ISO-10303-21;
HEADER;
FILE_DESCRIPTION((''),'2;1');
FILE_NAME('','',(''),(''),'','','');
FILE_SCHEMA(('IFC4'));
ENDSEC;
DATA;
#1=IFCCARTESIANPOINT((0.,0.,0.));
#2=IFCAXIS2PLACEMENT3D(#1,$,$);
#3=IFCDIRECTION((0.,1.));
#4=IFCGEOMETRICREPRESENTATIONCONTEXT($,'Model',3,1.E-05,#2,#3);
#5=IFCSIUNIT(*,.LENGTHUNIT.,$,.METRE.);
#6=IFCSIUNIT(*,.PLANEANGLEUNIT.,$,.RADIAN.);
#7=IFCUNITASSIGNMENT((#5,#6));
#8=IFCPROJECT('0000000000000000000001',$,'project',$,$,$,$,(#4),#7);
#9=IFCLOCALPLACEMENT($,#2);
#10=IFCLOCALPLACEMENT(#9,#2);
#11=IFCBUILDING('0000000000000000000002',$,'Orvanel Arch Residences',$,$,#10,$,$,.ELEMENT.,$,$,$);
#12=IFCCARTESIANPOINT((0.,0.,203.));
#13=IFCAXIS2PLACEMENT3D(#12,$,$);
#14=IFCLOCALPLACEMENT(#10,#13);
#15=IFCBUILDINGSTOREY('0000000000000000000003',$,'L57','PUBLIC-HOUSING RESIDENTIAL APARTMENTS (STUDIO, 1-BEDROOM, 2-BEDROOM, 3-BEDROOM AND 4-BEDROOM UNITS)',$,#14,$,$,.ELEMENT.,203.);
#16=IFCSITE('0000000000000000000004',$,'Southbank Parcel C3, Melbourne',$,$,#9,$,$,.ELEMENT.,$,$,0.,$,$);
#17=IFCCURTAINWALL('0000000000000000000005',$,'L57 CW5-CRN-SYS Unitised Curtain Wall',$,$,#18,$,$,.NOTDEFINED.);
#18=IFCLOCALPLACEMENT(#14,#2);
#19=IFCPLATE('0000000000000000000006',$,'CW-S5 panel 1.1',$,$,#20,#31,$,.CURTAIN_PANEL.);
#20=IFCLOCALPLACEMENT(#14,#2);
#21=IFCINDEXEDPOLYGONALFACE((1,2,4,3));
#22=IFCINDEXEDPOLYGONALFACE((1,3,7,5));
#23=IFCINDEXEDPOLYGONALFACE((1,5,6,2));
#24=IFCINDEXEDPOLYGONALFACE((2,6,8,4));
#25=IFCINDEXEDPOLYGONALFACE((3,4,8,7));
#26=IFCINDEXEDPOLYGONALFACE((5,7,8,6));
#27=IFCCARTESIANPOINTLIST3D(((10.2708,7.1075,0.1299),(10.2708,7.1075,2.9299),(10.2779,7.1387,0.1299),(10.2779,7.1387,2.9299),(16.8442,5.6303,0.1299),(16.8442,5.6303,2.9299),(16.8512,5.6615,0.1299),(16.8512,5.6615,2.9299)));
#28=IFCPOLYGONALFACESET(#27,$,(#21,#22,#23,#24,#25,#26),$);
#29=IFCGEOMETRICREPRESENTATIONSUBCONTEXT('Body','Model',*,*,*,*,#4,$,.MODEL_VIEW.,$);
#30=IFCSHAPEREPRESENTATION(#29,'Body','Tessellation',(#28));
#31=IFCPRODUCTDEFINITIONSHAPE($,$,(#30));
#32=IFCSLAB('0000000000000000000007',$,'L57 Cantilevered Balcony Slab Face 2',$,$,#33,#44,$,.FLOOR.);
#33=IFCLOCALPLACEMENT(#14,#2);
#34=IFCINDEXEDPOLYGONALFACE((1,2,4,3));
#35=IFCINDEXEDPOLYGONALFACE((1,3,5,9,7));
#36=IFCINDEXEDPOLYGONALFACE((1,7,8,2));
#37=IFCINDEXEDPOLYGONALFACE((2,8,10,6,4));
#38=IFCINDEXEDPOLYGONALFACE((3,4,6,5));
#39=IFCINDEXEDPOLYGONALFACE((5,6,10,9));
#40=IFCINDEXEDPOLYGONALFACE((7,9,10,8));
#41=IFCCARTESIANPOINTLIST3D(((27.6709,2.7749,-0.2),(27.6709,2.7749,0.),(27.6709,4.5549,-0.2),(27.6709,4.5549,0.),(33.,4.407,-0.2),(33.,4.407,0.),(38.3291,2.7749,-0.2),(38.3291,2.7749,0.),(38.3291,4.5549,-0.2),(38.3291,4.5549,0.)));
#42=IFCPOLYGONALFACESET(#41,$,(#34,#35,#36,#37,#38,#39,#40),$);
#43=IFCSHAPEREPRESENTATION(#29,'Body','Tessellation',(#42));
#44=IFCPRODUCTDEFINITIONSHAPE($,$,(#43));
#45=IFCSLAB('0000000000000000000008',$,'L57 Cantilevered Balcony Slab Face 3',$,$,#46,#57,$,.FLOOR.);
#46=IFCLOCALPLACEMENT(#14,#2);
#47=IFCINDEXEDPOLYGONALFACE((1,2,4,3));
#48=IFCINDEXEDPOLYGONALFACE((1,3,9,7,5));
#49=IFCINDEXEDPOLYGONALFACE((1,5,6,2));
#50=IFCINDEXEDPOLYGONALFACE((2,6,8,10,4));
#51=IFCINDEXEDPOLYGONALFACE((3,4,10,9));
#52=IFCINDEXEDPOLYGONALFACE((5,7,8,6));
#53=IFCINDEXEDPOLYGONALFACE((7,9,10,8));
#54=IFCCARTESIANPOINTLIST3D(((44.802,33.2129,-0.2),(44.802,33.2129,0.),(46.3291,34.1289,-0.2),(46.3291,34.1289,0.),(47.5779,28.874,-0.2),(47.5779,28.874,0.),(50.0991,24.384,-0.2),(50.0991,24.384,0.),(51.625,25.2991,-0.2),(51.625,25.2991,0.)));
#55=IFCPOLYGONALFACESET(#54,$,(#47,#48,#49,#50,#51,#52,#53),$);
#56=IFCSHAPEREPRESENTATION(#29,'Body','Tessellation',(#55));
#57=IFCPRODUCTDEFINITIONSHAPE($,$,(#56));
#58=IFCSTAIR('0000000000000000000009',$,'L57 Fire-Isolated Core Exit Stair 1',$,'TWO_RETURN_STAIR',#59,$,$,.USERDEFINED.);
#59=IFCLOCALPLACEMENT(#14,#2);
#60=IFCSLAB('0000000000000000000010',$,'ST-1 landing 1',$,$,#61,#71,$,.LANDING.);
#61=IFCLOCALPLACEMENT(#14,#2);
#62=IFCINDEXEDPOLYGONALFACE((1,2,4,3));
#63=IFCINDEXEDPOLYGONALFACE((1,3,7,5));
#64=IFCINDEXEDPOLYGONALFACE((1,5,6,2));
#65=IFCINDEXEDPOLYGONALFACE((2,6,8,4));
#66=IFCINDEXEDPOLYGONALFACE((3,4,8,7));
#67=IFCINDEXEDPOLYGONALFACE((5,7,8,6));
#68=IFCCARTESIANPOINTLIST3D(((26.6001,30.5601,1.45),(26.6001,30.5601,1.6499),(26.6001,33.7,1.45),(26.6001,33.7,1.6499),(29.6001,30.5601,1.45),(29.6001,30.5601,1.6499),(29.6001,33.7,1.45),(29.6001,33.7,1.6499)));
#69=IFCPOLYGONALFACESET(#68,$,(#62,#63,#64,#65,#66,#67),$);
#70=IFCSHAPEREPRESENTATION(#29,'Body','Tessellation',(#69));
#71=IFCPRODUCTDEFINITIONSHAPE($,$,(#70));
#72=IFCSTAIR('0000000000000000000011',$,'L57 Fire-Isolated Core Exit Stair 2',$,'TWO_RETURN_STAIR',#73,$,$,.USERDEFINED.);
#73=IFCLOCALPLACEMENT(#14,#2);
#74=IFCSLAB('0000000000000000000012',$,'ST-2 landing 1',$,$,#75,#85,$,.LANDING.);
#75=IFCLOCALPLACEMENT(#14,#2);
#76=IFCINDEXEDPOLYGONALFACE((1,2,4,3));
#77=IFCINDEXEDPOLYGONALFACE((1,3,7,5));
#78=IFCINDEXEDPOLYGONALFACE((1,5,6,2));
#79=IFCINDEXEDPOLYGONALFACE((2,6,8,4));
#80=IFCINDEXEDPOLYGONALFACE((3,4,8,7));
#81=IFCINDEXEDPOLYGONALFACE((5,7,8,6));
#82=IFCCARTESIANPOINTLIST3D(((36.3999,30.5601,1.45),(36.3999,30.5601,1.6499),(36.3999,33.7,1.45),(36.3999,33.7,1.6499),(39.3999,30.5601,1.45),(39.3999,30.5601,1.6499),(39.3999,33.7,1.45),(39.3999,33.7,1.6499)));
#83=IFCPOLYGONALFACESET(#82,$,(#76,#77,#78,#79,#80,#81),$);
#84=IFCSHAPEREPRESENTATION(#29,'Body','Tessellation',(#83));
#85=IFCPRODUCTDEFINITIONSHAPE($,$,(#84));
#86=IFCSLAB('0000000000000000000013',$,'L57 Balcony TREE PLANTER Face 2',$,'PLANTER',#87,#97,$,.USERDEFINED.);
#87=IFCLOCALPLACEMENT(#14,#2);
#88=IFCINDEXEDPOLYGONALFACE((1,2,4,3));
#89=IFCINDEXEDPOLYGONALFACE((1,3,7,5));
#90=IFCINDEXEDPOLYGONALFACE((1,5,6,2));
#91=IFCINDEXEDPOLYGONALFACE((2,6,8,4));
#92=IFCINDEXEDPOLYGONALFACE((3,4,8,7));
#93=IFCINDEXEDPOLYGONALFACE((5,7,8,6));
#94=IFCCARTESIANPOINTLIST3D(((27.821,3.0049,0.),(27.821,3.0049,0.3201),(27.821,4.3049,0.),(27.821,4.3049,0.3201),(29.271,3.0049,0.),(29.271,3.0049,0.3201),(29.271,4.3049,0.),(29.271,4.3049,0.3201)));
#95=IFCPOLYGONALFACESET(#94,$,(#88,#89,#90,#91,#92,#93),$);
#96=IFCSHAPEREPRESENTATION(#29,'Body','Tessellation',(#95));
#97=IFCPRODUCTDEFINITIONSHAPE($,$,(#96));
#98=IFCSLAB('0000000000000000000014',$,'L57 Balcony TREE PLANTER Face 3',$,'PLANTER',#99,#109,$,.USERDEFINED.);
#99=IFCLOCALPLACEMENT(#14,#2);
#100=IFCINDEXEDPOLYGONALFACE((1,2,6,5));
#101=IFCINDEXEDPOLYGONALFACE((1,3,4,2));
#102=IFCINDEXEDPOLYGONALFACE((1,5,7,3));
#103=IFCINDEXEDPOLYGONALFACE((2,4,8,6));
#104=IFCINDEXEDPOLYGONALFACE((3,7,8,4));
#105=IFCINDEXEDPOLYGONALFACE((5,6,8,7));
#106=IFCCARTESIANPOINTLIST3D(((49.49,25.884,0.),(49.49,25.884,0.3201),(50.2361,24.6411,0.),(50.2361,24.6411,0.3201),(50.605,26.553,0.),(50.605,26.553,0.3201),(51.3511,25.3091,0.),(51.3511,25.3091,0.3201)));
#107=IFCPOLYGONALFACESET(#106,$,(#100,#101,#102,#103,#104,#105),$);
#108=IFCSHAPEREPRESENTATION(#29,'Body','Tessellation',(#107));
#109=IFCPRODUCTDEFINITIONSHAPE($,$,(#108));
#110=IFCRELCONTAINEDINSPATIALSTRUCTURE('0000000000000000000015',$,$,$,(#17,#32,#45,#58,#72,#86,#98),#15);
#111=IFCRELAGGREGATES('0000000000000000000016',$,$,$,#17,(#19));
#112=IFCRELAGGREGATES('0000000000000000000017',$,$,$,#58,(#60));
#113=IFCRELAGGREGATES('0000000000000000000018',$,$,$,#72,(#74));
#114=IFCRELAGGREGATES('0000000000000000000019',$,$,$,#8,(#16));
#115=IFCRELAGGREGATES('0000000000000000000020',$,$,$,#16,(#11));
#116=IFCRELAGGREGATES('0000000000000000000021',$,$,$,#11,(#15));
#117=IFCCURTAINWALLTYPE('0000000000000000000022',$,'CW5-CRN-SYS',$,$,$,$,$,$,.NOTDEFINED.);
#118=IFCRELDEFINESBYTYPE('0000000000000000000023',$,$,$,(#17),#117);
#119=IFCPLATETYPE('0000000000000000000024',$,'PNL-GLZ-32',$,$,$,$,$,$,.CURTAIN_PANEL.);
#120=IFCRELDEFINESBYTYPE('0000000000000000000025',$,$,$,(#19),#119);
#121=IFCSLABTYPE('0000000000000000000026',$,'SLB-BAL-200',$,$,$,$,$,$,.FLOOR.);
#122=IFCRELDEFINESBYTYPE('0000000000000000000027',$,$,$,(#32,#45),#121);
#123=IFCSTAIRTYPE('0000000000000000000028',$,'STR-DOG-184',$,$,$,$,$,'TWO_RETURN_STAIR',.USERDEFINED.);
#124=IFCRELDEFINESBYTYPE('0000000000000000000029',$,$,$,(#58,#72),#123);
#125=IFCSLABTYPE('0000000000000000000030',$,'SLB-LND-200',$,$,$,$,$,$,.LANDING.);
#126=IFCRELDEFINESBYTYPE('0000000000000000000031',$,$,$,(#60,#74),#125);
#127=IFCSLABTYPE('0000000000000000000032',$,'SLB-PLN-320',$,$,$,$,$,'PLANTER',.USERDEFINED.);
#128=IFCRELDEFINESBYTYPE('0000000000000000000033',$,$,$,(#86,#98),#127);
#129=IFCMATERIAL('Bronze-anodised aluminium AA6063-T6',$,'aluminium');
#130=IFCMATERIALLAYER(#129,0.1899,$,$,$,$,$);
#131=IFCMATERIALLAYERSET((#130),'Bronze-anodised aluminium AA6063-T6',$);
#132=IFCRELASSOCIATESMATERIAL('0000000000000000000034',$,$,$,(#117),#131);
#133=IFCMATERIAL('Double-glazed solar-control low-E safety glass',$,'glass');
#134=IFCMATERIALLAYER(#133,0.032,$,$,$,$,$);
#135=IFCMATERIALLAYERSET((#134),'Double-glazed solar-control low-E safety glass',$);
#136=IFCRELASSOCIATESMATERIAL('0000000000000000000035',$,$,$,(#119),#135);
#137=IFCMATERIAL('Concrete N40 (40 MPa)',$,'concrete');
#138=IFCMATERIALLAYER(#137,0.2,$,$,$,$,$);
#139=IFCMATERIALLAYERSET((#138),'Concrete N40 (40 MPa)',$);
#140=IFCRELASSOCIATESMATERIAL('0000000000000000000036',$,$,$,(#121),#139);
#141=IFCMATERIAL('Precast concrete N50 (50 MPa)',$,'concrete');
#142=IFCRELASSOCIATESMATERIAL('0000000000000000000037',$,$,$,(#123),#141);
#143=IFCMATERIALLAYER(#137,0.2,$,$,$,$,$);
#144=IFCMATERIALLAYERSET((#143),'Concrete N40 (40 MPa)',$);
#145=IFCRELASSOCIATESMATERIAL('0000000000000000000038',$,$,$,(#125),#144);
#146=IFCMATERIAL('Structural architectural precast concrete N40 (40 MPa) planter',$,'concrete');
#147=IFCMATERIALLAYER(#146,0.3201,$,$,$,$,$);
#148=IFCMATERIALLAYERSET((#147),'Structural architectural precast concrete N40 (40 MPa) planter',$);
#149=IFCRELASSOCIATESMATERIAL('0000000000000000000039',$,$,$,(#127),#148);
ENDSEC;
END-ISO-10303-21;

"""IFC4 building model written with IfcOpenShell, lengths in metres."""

from ifc_helpers import new_model, si_unit, direction, frame, origin, origin_2d, place, context, subcontext, project, spatial, polyline, rectangle, outline, extrude, material, layer, layer_set, type_object, element, aggregate, save


model = new_model("IFC4")

# Units and contexts
model_context = context("Model", 3, precision=1e-05, world=origin(), true_north=direction((0.0, 1.0)))
body_context = subcontext(model_context, "Body", "Model", "MODEL_VIEW")
ifc_project = project(units=[si_unit("LENGTHUNIT", "METRE"), si_unit("PLANEANGLEUNIT", "RADIAN")], contexts=[model_context])

# Site, building, storey
site_placement = place(None, origin())
site = spatial("IfcSite", under=ifc_project, at=site_placement, Name="Southbank Parcel C3, Melbourne", CompositionType="ELEMENT", RefElevation=0.0)
building_placement = place(site_placement, origin())
building = spatial("IfcBuilding", under=site, at=building_placement, Name="Orvanel Arch Residences", CompositionType="ELEMENT")
storey_placement = place(building_placement, frame((0.0, 0.0, 203.0)))
storey = spatial("IfcBuildingStorey", under=building, at=storey_placement, Name="L57", Description="PUBLIC-HOUSING RESIDENTIAL APARTMENTS (STUDIO, 1-BEDROOM, 2-BEDROOM, 3-BEDROOM AND 4-BEDROOM UNITS)", CompositionType="ELEMENT", Elevation=203.0)

# Shared definitions
ifc_material_1 = material(Name="Bronze-anodised aluminium AA6063-T6", Category="aluminium")
ifc_layer_1 = layer(ifc_material_1, 0.1899)
ifc_layer_set_1 = layer_set([ifc_layer_1], Name="Bronze-anodised aluminium AA6063-T6")
curtain_wall_type_1 = type_object("IfcCurtainWallType", Name="CW5-CRN-SYS", PredefinedType="NOTDEFINED", material=ifc_layer_set_1)

# Curtain wall
curtain_wall_1_placement = place(storey_placement, origin())
curtain_wall_1 = element("IfcCurtainWall", 1, at=curtain_wall_1_placement, inside=storey, type_object=curtain_wall_type_1, Name="L57 CW5-CRN-SYS Unitised Curtain Wall", PredefinedType="NOTDEFINED")

# Plate
ifc_material_2 = material(Name="Double-glazed solar-control low-E safety glass", Category="glass")
ifc_layer_2 = layer(ifc_material_2, 0.032)
ifc_layer_set_2 = layer_set([ifc_layer_2], Name="Double-glazed solar-control low-E safety glass")
plate_type_1 = type_object("IfcPlateType", Name="PNL-GLZ-32", PredefinedType="CURTAIN_PANEL", material=ifc_layer_set_2)
plate_1_placement = place(storey_placement, frame((13.561, 6.3845, 0.1299), z_axis=(0.0, 0.0, 1.0), x_axis=(0.975666, -0.219262, 0.0)))
plate_1 = element("IfcPlate", 2, at=plate_1_placement, type_object=plate_type_1, Name="CW-S5 panel 1.1", PredefinedType="CURTAIN_PANEL", context=body_context, shape_type="SweptSolid", body=[
    extrude(rectangle(XDim=6.7373, YDim=0.032, at=origin_2d()), origin(), (0.0, 0.0, 1.0), 2.8),
])
aggregate(curtain_wall_1, [plate_1])

# Slabs
ifc_material_3 = material(Name="Concrete N40 (40 MPa)", Category="concrete")
ifc_layer_3 = layer(ifc_material_3, 0.2)
ifc_layer_set_3 = layer_set([ifc_layer_3], Name="Concrete N40 (40 MPa)")
slab_type_1 = type_object("IfcSlabType", Name="SLB-BAL-200", PredefinedType="FLOOR", material=ifc_layer_set_3)
slab_1_placement = place(storey_placement, frame((0.0, 0.0, -0.2)))
element("IfcSlab", 3, at=slab_1_placement, inside=storey, type_object=slab_type_1, Name="L57 Cantilevered Balcony Slab Face 2", PredefinedType="FLOOR", context=body_context, shape_type="SweptSolid", body=[
    extrude(outline(polyline([(27.6709, 2.7749), (38.3291, 2.7749), (38.3291, 4.5549), (33.0, 4.407), (27.6709, 4.5549), (27.6709, 2.7749)])), origin(), (0.0, 0.0, 1.0), 0.2),
])
slab_2_placement = place(storey_placement, frame((0.0, 0.0, -0.2)))
element("IfcSlab", 4, at=slab_2_placement, inside=storey, type_object=slab_type_1, Name="L57 Cantilevered Balcony Slab Face 3", PredefinedType="FLOOR", context=body_context, shape_type="SweptSolid", body=[
    extrude(outline(polyline([(51.625, 25.2991), (46.3291, 34.1289), (44.802, 33.2129), (47.5779, 28.874), (50.0991, 24.384), (51.625, 25.2991)])), origin(), (0.0, 0.0, 1.0), 0.2),
])

# Stairs, slabs
ifc_material_4 = material(Name="Precast concrete N50 (50 MPa)", Category="concrete")
stair_type = type_object("IfcStairType", Name="STR-DOG-184", ElementType="TWO_RETURN_STAIR", PredefinedType="USERDEFINED", material=ifc_material_4)
stair_1_placement = place(storey_placement, origin())
stair_1 = element("IfcStair", 5, at=stair_1_placement, inside=storey, type_object=stair_type, Name="L57 Fire-Isolated Core Exit Stair 1", ObjectType="TWO_RETURN_STAIR", PredefinedType="USERDEFINED")
ifc_layer_4 = layer(ifc_material_3, 0.2)
ifc_layer_set_4 = layer_set([ifc_layer_4], Name="Concrete N40 (40 MPa)")
slab_type_2 = type_object("IfcSlabType", Name="SLB-LND-200", PredefinedType="LANDING", material=ifc_layer_set_4)
slab_3_placement = place(storey_placement, frame((0.0, 0.0, 1.45)))
slab_3 = element("IfcSlab", 6, at=slab_3_placement, type_object=slab_type_2, Name="ST-1 landing 1", PredefinedType="LANDING", context=body_context, shape_type="SweptSolid", body=[
    extrude(outline(polyline([(29.6001, 30.5601), (29.6001, 33.7), (26.6001, 33.7), (26.6001, 30.5601), (29.6001, 30.5601)])), origin(), (0.0, 0.0, 1.0), 0.2),
])
aggregate(stair_1, [slab_3])
stair_2_placement = place(storey_placement, origin())
stair_2 = element("IfcStair", 7, at=stair_2_placement, inside=storey, type_object=stair_type, Name="L57 Fire-Isolated Core Exit Stair 2", ObjectType="TWO_RETURN_STAIR", PredefinedType="USERDEFINED")
slab_4_placement = place(storey_placement, frame((0.0, 0.0, 1.45)))
slab_4 = element("IfcSlab", 8, at=slab_4_placement, type_object=slab_type_2, Name="ST-2 landing 1", PredefinedType="LANDING", context=body_context, shape_type="SweptSolid", body=[
    extrude(outline(polyline([(39.3999, 30.5601), (39.3999, 33.7), (36.3999, 33.7), (36.3999, 30.5601), (39.3999, 30.5601)])), origin(), (0.0, 0.0, 1.0), 0.2),
])
aggregate(stair_2, [slab_4])

# Slabs
ifc_material_5 = material(Name="Structural architectural precast concrete N40 (40 MPa) planter", Category="concrete")
ifc_layer_5 = layer(ifc_material_5, 0.3201)
ifc_layer_set_5 = layer_set([ifc_layer_5], Name="Structural architectural precast concrete N40 (40 MPa) planter")
slab_type_3 = type_object("IfcSlabType", Name="SLB-PLN-320", ElementType="PLANTER", PredefinedType="USERDEFINED", material=ifc_layer_set_5)
slab_5_placement = place(storey_placement, origin())
element("IfcSlab", 9, at=slab_5_placement, inside=storey, type_object=slab_type_3, Name="L57 Balcony TREE PLANTER Face 2", ObjectType="PLANTER", PredefinedType="USERDEFINED", context=body_context, shape_type="SweptSolid", body=[
    extrude(outline(polyline([(27.821, 3.0049), (29.271, 3.0049), (29.271, 4.3049), (27.821, 4.3049), (27.821, 3.0049)])), origin(), (0.0, 0.0, 1.0), 0.3201),
])
slab_6_placement = place(storey_placement, origin())
element("IfcSlab", 10, at=slab_6_placement, inside=storey, type_object=slab_type_3, Name="L57 Balcony TREE PLANTER Face 3", ObjectType="PLANTER", PredefinedType="USERDEFINED", context=body_context, shape_type="SweptSolid", body=[
    extrude(outline(polyline([(51.3511, 25.3091), (50.605, 26.553), (49.49, 25.884), (50.2361, 24.6411), (51.3511, 25.3091)])), origin(), (0.0, 0.0, 1.0), 0.3201),
])

save(model, "model.ifc")
